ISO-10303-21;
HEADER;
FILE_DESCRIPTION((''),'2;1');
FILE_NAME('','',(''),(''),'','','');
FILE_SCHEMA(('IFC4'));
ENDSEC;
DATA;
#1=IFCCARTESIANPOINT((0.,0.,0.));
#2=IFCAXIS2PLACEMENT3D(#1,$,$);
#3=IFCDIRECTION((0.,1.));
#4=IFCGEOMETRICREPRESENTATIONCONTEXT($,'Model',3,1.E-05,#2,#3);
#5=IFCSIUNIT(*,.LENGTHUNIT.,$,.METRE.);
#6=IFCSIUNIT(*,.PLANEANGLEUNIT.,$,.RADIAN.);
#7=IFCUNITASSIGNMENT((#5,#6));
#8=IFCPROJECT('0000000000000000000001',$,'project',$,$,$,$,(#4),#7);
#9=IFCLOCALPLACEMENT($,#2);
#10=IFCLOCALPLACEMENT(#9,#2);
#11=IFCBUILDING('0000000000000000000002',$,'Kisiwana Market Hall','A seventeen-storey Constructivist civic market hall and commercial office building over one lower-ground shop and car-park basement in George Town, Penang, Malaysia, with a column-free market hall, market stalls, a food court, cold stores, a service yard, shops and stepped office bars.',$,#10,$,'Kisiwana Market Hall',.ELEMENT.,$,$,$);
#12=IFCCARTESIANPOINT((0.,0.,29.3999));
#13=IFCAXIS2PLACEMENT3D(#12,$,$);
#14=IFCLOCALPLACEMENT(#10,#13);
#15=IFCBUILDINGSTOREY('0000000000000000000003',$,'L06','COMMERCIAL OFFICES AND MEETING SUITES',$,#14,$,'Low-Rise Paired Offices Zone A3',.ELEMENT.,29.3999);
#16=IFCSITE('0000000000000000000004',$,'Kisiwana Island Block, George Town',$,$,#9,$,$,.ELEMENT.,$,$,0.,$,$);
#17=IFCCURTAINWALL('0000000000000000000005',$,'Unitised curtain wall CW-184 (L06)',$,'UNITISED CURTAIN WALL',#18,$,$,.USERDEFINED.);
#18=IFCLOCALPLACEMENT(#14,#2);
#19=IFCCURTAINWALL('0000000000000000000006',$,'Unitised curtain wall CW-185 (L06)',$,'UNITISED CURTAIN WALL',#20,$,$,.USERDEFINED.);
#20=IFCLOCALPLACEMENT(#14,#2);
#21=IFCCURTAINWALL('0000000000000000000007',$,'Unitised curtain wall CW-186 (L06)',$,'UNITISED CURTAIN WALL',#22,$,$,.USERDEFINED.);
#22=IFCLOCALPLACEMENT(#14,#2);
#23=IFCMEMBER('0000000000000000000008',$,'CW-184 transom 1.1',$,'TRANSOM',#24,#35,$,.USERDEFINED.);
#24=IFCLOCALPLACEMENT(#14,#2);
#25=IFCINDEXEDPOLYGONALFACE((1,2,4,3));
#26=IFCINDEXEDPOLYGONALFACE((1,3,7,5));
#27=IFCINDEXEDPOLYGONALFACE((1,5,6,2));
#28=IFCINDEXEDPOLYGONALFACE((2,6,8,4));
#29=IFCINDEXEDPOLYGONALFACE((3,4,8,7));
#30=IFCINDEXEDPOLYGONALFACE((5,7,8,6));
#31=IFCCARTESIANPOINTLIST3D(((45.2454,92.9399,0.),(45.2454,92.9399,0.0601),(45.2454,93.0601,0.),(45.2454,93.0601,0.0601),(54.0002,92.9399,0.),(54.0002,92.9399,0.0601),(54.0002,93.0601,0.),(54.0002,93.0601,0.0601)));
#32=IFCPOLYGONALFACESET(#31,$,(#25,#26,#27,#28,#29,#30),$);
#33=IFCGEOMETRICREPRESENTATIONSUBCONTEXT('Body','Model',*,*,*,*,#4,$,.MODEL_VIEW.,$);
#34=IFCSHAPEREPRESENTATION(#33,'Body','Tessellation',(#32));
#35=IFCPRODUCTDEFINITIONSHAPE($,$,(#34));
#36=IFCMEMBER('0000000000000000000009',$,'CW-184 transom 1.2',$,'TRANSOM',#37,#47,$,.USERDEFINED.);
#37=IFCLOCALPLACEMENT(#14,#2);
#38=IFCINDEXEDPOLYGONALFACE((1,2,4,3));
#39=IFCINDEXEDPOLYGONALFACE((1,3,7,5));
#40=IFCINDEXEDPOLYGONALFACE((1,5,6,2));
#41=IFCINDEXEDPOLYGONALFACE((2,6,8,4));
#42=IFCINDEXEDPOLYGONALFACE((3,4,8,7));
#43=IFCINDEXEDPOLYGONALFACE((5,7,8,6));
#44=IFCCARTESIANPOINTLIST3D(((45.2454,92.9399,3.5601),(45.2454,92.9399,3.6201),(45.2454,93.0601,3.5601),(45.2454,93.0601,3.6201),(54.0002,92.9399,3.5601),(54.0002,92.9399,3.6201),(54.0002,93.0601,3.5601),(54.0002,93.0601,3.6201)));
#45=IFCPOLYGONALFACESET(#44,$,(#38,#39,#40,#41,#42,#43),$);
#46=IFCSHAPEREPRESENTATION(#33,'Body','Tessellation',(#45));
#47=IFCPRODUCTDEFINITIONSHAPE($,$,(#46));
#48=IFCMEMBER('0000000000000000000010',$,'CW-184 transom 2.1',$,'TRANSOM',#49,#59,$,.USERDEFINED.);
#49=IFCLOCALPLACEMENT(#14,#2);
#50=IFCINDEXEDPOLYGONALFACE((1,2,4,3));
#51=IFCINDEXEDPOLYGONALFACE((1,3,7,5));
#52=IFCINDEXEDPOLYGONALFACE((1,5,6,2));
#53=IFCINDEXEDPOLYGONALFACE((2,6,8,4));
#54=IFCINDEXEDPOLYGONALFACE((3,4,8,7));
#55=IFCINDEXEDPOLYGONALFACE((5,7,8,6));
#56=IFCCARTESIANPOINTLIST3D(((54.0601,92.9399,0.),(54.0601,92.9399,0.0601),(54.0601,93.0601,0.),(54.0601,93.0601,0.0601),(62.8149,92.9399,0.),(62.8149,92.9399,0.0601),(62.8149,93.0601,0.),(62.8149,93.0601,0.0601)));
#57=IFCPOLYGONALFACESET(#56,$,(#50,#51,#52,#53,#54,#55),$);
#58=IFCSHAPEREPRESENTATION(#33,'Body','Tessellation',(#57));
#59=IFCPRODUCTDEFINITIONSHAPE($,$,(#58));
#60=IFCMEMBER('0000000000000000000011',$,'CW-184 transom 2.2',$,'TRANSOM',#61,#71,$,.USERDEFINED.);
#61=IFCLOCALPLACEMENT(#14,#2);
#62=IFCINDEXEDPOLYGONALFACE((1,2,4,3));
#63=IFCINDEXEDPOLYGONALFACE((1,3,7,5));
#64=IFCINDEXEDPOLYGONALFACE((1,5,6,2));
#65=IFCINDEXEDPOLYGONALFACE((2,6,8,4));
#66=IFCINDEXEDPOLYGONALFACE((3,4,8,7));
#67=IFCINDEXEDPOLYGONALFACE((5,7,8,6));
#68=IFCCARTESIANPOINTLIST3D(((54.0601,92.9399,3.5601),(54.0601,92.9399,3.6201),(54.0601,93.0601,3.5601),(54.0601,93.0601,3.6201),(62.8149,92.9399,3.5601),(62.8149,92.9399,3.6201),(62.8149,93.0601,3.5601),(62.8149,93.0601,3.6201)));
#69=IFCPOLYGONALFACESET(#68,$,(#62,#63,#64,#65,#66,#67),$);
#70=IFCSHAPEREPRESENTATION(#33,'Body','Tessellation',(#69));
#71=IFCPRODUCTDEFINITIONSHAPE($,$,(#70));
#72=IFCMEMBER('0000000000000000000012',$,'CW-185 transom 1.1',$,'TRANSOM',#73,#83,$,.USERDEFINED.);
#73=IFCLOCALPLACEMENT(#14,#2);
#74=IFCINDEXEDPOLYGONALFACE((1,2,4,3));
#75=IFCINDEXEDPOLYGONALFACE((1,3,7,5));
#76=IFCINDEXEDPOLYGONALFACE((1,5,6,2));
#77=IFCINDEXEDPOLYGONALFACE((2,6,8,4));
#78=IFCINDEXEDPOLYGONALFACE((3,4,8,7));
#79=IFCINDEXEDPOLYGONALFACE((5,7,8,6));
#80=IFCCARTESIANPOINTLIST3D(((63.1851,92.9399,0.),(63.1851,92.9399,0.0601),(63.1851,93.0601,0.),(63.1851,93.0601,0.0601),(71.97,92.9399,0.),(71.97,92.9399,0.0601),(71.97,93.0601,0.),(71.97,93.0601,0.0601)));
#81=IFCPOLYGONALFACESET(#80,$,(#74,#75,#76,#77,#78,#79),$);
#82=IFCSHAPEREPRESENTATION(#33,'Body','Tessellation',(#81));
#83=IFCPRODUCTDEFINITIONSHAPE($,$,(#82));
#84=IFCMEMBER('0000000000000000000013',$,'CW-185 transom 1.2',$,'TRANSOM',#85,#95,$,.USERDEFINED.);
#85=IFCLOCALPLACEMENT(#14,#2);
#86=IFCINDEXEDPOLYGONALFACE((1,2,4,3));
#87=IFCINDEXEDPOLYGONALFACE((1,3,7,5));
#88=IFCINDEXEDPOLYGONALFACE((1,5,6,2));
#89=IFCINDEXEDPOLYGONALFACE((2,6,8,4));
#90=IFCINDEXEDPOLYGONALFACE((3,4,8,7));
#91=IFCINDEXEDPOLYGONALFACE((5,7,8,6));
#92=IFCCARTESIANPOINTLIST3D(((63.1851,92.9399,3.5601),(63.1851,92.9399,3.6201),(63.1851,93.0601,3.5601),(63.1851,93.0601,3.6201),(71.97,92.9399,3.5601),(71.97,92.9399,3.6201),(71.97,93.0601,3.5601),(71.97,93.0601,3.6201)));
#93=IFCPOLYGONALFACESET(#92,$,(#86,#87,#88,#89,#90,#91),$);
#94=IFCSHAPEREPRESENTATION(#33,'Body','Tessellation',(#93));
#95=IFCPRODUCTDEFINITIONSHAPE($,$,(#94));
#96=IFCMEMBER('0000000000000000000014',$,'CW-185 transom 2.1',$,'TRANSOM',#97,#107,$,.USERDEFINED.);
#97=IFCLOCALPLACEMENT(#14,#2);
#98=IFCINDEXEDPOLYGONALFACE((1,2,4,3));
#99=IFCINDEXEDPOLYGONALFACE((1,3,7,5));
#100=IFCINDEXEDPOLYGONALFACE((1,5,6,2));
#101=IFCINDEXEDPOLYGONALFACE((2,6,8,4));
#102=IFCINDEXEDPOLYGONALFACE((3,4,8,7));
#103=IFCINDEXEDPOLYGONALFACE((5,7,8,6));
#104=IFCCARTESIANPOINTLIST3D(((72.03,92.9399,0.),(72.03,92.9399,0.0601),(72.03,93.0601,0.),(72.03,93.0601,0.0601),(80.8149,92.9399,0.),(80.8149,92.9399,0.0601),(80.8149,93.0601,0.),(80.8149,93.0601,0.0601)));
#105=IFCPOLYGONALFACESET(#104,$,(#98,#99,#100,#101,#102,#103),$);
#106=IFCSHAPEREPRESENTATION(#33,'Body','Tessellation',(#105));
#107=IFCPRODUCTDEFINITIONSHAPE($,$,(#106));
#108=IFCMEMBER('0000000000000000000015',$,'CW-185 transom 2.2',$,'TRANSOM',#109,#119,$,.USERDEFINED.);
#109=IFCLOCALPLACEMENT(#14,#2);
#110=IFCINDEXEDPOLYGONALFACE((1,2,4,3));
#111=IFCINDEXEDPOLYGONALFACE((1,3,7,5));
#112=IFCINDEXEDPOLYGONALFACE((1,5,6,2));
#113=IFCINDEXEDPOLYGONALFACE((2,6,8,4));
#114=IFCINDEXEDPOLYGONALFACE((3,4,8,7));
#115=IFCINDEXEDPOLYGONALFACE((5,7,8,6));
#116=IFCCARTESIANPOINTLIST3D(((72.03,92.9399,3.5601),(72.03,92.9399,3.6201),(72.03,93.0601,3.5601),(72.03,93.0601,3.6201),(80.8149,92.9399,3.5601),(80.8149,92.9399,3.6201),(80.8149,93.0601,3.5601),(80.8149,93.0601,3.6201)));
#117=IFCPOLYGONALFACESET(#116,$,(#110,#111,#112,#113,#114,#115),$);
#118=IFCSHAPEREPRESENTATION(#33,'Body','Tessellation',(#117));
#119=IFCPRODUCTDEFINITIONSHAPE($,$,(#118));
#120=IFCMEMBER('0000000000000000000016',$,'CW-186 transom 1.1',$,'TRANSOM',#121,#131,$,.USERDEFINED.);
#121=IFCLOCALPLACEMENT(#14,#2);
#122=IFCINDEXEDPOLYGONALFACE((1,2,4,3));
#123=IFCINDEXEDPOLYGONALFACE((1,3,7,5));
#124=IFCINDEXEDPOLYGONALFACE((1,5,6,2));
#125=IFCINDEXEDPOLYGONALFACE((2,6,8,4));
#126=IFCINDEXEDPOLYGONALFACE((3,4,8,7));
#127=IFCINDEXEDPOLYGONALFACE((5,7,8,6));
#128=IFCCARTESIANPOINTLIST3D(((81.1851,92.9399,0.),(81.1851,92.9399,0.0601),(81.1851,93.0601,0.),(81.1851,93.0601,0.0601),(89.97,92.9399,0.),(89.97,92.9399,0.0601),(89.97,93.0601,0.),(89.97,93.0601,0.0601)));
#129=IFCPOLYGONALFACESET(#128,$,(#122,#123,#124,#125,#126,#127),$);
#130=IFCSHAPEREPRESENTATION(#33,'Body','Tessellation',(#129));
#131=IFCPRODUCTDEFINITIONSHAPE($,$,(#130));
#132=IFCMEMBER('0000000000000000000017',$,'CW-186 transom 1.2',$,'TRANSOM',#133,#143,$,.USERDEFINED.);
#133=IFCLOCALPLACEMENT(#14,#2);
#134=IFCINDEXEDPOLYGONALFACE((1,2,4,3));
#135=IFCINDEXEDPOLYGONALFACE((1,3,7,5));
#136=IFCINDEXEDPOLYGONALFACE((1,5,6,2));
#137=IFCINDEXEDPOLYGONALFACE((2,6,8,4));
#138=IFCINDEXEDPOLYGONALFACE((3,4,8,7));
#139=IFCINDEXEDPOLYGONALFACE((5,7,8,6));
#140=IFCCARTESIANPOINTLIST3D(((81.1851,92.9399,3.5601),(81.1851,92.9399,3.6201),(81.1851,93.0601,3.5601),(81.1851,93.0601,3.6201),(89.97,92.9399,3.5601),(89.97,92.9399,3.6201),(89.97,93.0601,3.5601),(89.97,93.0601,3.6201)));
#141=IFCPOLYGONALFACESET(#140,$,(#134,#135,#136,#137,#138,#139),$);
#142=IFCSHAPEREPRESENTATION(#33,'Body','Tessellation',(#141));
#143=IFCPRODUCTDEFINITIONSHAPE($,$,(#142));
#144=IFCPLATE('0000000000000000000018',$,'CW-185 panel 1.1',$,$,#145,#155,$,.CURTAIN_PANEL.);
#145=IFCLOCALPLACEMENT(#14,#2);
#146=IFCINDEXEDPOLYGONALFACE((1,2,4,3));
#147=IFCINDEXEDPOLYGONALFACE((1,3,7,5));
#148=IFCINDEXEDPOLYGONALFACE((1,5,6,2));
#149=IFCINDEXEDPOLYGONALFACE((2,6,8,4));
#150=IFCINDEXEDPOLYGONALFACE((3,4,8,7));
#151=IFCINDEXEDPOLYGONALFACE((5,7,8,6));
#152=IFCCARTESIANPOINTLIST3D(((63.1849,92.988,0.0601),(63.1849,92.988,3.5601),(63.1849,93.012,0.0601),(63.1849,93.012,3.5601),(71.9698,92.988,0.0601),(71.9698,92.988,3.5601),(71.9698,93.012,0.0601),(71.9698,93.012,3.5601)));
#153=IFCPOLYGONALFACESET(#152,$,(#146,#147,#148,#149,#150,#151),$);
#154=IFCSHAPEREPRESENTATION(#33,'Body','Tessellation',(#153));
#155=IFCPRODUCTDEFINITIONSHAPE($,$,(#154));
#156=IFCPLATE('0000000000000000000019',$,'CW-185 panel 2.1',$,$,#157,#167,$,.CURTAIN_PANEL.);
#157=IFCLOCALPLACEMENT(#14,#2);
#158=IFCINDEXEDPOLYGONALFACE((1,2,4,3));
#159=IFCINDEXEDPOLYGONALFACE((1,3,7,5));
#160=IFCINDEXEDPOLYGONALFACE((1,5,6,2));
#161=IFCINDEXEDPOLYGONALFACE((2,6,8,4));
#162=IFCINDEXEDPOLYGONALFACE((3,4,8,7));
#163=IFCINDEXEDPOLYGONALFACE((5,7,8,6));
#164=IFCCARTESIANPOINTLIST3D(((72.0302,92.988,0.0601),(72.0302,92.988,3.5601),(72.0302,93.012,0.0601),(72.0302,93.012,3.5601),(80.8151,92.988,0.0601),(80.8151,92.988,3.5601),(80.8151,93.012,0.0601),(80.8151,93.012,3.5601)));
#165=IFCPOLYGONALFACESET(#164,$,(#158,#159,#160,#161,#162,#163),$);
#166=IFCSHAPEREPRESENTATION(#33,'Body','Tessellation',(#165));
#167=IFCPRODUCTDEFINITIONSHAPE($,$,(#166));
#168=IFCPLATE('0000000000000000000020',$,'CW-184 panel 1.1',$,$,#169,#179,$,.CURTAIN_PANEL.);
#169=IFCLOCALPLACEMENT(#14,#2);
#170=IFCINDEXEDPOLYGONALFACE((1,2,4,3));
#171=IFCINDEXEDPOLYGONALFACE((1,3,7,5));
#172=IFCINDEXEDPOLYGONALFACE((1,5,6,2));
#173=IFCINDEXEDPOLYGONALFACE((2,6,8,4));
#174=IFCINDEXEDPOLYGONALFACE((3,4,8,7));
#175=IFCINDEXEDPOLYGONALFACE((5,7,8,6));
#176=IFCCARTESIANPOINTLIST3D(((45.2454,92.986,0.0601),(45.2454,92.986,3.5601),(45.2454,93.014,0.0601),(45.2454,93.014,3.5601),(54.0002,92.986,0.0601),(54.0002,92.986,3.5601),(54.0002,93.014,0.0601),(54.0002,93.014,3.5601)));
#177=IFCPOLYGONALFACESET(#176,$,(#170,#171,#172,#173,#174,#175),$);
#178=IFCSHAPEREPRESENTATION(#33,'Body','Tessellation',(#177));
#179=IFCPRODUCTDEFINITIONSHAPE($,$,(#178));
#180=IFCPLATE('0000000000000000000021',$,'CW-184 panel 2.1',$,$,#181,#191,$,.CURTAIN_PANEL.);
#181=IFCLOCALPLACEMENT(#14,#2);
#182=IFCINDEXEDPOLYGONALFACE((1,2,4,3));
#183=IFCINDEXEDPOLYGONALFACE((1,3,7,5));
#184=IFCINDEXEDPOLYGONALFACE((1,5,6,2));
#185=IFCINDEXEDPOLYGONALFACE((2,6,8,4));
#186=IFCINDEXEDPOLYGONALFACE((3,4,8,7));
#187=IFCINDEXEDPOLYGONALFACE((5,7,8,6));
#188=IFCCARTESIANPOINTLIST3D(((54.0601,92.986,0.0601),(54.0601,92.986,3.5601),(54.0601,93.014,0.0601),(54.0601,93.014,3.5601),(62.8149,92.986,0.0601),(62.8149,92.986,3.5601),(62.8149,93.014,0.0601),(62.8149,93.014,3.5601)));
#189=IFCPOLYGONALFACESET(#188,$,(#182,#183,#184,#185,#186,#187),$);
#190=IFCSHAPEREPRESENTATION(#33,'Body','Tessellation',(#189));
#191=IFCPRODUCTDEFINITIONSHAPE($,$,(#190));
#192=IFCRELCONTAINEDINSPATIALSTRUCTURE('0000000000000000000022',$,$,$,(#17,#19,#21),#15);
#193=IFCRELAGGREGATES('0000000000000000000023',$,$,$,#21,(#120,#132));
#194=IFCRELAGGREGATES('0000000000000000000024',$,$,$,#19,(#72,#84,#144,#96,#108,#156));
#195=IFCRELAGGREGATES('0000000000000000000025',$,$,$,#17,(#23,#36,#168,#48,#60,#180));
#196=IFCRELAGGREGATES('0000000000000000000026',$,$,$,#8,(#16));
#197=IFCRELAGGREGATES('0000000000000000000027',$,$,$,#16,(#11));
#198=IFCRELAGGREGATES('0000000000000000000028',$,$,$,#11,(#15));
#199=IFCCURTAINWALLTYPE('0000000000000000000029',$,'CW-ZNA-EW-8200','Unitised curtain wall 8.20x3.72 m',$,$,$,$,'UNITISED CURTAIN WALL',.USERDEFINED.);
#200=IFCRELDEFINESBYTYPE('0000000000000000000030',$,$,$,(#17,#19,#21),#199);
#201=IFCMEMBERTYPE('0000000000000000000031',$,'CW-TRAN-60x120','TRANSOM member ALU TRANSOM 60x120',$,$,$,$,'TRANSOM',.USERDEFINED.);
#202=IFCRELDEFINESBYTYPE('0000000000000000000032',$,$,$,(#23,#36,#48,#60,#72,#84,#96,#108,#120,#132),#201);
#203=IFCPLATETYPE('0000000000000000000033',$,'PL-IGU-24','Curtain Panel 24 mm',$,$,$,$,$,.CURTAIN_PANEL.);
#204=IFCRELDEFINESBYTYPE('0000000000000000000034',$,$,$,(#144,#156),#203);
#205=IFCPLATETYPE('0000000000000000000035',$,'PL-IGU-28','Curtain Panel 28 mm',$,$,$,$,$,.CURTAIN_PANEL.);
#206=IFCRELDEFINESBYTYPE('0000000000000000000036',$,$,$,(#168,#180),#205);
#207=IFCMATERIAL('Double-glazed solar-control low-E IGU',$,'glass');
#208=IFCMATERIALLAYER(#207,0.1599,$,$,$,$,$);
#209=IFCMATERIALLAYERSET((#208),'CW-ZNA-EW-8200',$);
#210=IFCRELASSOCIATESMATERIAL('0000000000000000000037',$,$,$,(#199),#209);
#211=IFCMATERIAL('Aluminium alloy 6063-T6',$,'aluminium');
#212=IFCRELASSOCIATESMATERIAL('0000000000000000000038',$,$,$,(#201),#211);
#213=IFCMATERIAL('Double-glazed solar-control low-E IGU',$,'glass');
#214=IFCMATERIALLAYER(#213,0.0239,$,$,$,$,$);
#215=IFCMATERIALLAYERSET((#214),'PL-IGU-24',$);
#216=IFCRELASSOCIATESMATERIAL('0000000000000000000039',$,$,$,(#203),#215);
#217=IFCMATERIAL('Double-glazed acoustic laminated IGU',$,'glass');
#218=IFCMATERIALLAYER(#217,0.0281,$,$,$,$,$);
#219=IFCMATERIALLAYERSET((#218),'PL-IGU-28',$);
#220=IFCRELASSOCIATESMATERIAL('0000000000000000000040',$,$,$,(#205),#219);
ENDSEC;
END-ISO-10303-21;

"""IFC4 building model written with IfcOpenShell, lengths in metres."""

from ifc_helpers import new_model, si_unit, direction, frame, origin, origin_2d, place, context, subcontext, project, spatial, rectangle, extrude, material, layer, layer_set, material_profile, profile_set, type_object, element, aggregate, save


model = new_model("IFC4")

# Units and contexts
model_context = context("Model", 3, precision=1e-05, world=origin(), true_north=direction((0.0, 1.0)))
body_context = subcontext(model_context, "Body", "Model", "MODEL_VIEW")
ifc_project = project(units=[si_unit("LENGTHUNIT", "METRE"), si_unit("PLANEANGLEUNIT", "RADIAN")], contexts=[model_context])

# Site, building, storey
site_placement = place(None, origin())
site = spatial("IfcSite", under=ifc_project, at=site_placement, Name="Kisiwana Island Block, George Town", CompositionType="ELEMENT", RefElevation=0.0)
building_placement = place(site_placement, origin())
building = spatial("IfcBuilding", under=site, at=building_placement, Name="Kisiwana Market Hall", Description="A seventeen-storey Constructivist civic market hall and commercial office building over one lower-ground shop and car-park basement in George Town, Penang, Malaysia, with a column-free market hall, market stalls, a food court, cold stores, a service yard, shops and stepped office bars.", LongName="Kisiwana Market Hall", CompositionType="ELEMENT")
storey_placement = place(building_placement, frame((0.0, 0.0, 29.3999)))
storey = spatial("IfcBuildingStorey", under=building, at=storey_placement, Name="L06", Description="COMMERCIAL OFFICES AND MEETING SUITES", LongName="Low-Rise Paired Offices Zone A3", CompositionType="ELEMENT", Elevation=29.3999)

# Curtain walls
ifc_material_1 = material(Name="Double-glazed solar-control low-E IGU", Category="glass")
ifc_layer_1 = layer(ifc_material_1, 0.1599)
ifc_layer_set_1 = layer_set([ifc_layer_1], Name="CW-ZNA-EW-8200")
curtain_wall_type = type_object("IfcCurtainWallType", Name="CW-ZNA-EW-8200", Description="Unitised curtain wall 8.20x3.72 m", ElementType="UNITISED CURTAIN WALL", PredefinedType="USERDEFINED", material=ifc_layer_set_1)
curtain_wall_1_placement = place(storey_placement, origin())
curtain_wall_1 = element("IfcCurtainWall", 1, at=curtain_wall_1_placement, inside=storey, type_object=curtain_wall_type, Name="Unitised curtain wall CW-184 (L06)", ObjectType="UNITISED CURTAIN WALL", PredefinedType="USERDEFINED")
curtain_wall_2_placement = place(storey_placement, origin())
curtain_wall_2 = element("IfcCurtainWall", 2, at=curtain_wall_2_placement, inside=storey, type_object=curtain_wall_type, Name="Unitised curtain wall CW-185 (L06)", ObjectType="UNITISED CURTAIN WALL", PredefinedType="USERDEFINED")

# Curtain wall
curtain_wall_3_placement = place(storey_placement, origin())
curtain_wall_3 = element("IfcCurtainWall", 3, at=curtain_wall_3_placement, inside=storey, type_object=curtain_wall_type, Name="Unitised curtain wall CW-186 (L06)", ObjectType="UNITISED CURTAIN WALL", PredefinedType="USERDEFINED")

# Members
ifc_material_2 = material(Name="Aluminium alloy 6063-T6", Category="aluminium")
ifc_material_profile_1 = material_profile(ifc_material_2, rectangle(XDim=0.1201, YDim=0.0601, at=origin_2d()), Name="ALU TRANSOM 60x120")
ifc_profile_set_1 = profile_set([ifc_material_profile_1], Name="Aluminium alloy 6063-T6")
member_type_1 = type_object("IfcMemberType", Name="CW-TRAN-60x120", Description="TRANSOM member ALU TRANSOM 60x120", ElementType="TRANSOM", PredefinedType="USERDEFINED", material=ifc_profile_set_1)
member_1_placement = place(storey_placement, frame((45.2454, 93.0, 0.03), z_axis=(1.0, 0.0, 0.0), x_axis=(0.0, 1.0, 0.0)))
member_1 = element("IfcMember", 4, at=member_1_placement, type_object=member_type_1, Name="CW-184 transom 1.1", ObjectType="TRANSOM", PredefinedType="USERDEFINED", context=body_context, shape_type="SweptSolid", body=[
    extrude(rectangle(XDim=0.1201, YDim=0.0601, at=origin_2d()), origin(), (0.0, 0.0, 1.0), 8.7549),
])
member_2_placement = place(storey_placement, frame((45.2454, 93.0, 3.5901), z_axis=(1.0, 0.0, 0.0), x_axis=(0.0, 1.0, 0.0)))
member_2 = element("IfcMember", 5, at=member_2_placement, type_object=member_type_1, Name="CW-184 transom 1.2", ObjectType="TRANSOM", PredefinedType="USERDEFINED", context=body_context, shape_type="SweptSolid", body=[
    extrude(rectangle(XDim=0.1201, YDim=0.0601, at=origin_2d()), origin(), (0.0, 0.0, 1.0), 8.7549),
])
member_3_placement = place(storey_placement, frame((54.0601, 93.0, 0.03), z_axis=(1.0, 0.0, 0.0), x_axis=(0.0, 1.0, 0.0)))
member_3 = element("IfcMember", 6, at=member_3_placement, type_object=member_type_1, Name="CW-184 transom 2.1", ObjectType="TRANSOM", PredefinedType="USERDEFINED", context=body_context, shape_type="SweptSolid", body=[
    extrude(rectangle(XDim=0.1201, YDim=0.0601, at=origin_2d()), origin(), (0.0, 0.0, 1.0), 8.7549),
])
member_4_placement = place(storey_placement, frame((54.0601, 93.0, 3.5901), z_axis=(1.0, 0.0, 0.0), x_axis=(0.0, 1.0, 0.0)))
member_4 = element("IfcMember", 7, at=member_4_placement, type_object=member_type_1, Name="CW-184 transom 2.2", ObjectType="TRANSOM", PredefinedType="USERDEFINED", context=body_context, shape_type="SweptSolid", body=[
    extrude(rectangle(XDim=0.1201, YDim=0.0601, at=origin_2d()), origin(), (0.0, 0.0, 1.0), 8.7549),
])
member_5_placement = place(storey_placement, frame((63.1851, 93.0, 0.03), z_axis=(1.0, 0.0, 0.0), x_axis=(0.0, 1.0, 0.0)))
member_5 = element("IfcMember", 8, at=member_5_placement, type_object=member_type_1, Name="CW-185 transom 1.1", ObjectType="TRANSOM", PredefinedType="USERDEFINED", context=body_context, shape_type="SweptSolid", body=[
    extrude(rectangle(XDim=0.1201, YDim=0.0601, at=origin_2d()), origin(), (0.0, 0.0, 1.0), 8.7849),
])
member_6_placement = place(storey_placement, frame((63.1851, 93.0, 3.5901), z_axis=(1.0, 0.0, 0.0), x_axis=(0.0, 1.0, 0.0)))
member_6 = element("IfcMember", 9, at=member_6_placement, type_object=member_type_1, Name="CW-185 transom 1.2", ObjectType="TRANSOM", PredefinedType="USERDEFINED", context=body_context, shape_type="SweptSolid", body=[
    extrude(rectangle(XDim=0.1201, YDim=0.0601, at=origin_2d()), origin(), (0.0, 0.0, 1.0), 8.7849),
])
member_7_placement = place(storey_placement, frame((72.03, 93.0, 0.03), z_axis=(1.0, 0.0, 0.0), x_axis=(0.0, 1.0, 0.0)))
member_7 = element("IfcMember", 10, at=member_7_placement, type_object=member_type_1, Name="CW-185 transom 2.1", ObjectType="TRANSOM", PredefinedType="USERDEFINED", context=body_context, shape_type="SweptSolid", body=[
    extrude(rectangle(XDim=0.1201, YDim=0.0601, at=origin_2d()), origin(), (0.0, 0.0, 1.0), 8.7849),
])
member_8_placement = place(storey_placement, frame((72.03, 93.0, 3.5901), z_axis=(1.0, 0.0, 0.0), x_axis=(0.0, 1.0, 0.0)))
member_8 = element("IfcMember", 11, at=member_8_placement, type_object=member_type_1, Name="CW-185 transom 2.2", ObjectType="TRANSOM", PredefinedType="USERDEFINED", context=body_context, shape_type="SweptSolid", body=[
    extrude(rectangle(XDim=0.1201, YDim=0.0601, at=origin_2d()), origin(), (0.0, 0.0, 1.0), 8.7849),
])
member_9_placement = place(storey_placement, frame((81.1851, 93.0, 0.03), z_axis=(1.0, 0.0, 0.0), x_axis=(0.0, 1.0, 0.0)))
member_9 = element("IfcMember", 12, at=member_9_placement, type_object=member_type_1, Name="CW-186 transom 1.1", ObjectType="TRANSOM", PredefinedType="USERDEFINED", context=body_context, shape_type="SweptSolid", body=[
    extrude(rectangle(XDim=0.1201, YDim=0.0601, at=origin_2d()), origin(), (0.0, 0.0, 1.0), 8.7849),
])
member_10_placement = place(storey_placement, frame((81.1851, 93.0, 3.5901), z_axis=(1.0, 0.0, 0.0), x_axis=(0.0, 1.0, 0.0)))
member_10 = element("IfcMember", 13, at=member_10_placement, type_object=member_type_1, Name="CW-186 transom 1.2", ObjectType="TRANSOM", PredefinedType="USERDEFINED", context=body_context, shape_type="SweptSolid", body=[
    extrude(rectangle(XDim=0.1201, YDim=0.0601, at=origin_2d()), origin(), (0.0, 0.0, 1.0), 8.7849),
])
aggregate(curtain_wall_3, [member_9, member_10])

# Plates
ifc_material_3 = material(Name="Double-glazed solar-control low-E IGU", Category="glass")
ifc_layer_2 = layer(ifc_material_3, 0.0239)
ifc_layer_set_2 = layer_set([ifc_layer_2], Name="PL-IGU-24")
plate_type_1 = type_object("IfcPlateType", Name="PL-IGU-24", Description="Curtain Panel 24 mm", PredefinedType="CURTAIN_PANEL", material=ifc_layer_set_2)
plate_1_placement = place(storey_placement, frame((67.5774, 93.0, 0.0601), z_axis=(0.0, 0.0, 1.0), x_axis=(1.0, 0.0, 0.0)))
plate_1 = element("IfcPlate", 14, at=plate_1_placement, type_object=plate_type_1, Name="CW-185 panel 1.1", PredefinedType="CURTAIN_PANEL", context=body_context, shape_type="SweptSolid", body=[
    extrude(rectangle(XDim=8.7849, YDim=0.0239, at=origin_2d()), origin(), (0.0, 0.0, 1.0), 3.5),
])
plate_2_placement = place(storey_placement, frame((76.4226, 93.0, 0.0601), z_axis=(0.0, 0.0, 1.0), x_axis=(1.0, 0.0, 0.0)))
plate_2 = element("IfcPlate", 15, at=plate_2_placement, type_object=plate_type_1, Name="CW-185 panel 2.1", PredefinedType="CURTAIN_PANEL", context=body_context, shape_type="SweptSolid", body=[
    extrude(rectangle(XDim=8.7849, YDim=0.0239, at=origin_2d()), origin(), (0.0, 0.0, 1.0), 3.5),
])
aggregate(curtain_wall_2, [member_5, member_6, plate_1, member_7, member_8, plate_2])
ifc_material_4 = material(Name="Double-glazed acoustic laminated IGU", Category="glass")
ifc_layer_3 = layer(ifc_material_4, 0.0281)
ifc_layer_set_3 = layer_set([ifc_layer_3], Name="PL-IGU-28")
plate_type_2 = type_object("IfcPlateType", Name="PL-IGU-28", Description="Curtain Panel 28 mm", PredefinedType="CURTAIN_PANEL", material=ifc_layer_set_3)
plate_3_placement = place(storey_placement, frame((49.6228, 93.0, 0.0601), z_axis=(0.0, 0.0, 1.0), x_axis=(1.0, 0.0, 0.0)))
plate_3 = element("IfcPlate", 16, at=plate_3_placement, type_object=plate_type_2, Name="CW-184 panel 1.1", PredefinedType="CURTAIN_PANEL", context=body_context, shape_type="SweptSolid", body=[
    extrude(rectangle(XDim=8.7549, YDim=0.0281, at=origin_2d()), origin(), (0.0, 0.0, 1.0), 3.5),
])
plate_4_placement = place(storey_placement, frame((58.4375, 93.0, 0.0601), z_axis=(0.0, 0.0, 1.0), x_axis=(1.0, 0.0, 0.0)))
plate_4 = element("IfcPlate", 17, at=plate_4_placement, type_object=plate_type_2, Name="CW-184 panel 2.1", PredefinedType="CURTAIN_PANEL", context=body_context, shape_type="SweptSolid", body=[
    extrude(rectangle(XDim=8.7549, YDim=0.0281, at=origin_2d()), origin(), (0.0, 0.0, 1.0), 3.5),
])
aggregate(curtain_wall_1, [member_1, member_2, plate_3, member_3, member_4, plate_4])

save(model, "model.ifc")
